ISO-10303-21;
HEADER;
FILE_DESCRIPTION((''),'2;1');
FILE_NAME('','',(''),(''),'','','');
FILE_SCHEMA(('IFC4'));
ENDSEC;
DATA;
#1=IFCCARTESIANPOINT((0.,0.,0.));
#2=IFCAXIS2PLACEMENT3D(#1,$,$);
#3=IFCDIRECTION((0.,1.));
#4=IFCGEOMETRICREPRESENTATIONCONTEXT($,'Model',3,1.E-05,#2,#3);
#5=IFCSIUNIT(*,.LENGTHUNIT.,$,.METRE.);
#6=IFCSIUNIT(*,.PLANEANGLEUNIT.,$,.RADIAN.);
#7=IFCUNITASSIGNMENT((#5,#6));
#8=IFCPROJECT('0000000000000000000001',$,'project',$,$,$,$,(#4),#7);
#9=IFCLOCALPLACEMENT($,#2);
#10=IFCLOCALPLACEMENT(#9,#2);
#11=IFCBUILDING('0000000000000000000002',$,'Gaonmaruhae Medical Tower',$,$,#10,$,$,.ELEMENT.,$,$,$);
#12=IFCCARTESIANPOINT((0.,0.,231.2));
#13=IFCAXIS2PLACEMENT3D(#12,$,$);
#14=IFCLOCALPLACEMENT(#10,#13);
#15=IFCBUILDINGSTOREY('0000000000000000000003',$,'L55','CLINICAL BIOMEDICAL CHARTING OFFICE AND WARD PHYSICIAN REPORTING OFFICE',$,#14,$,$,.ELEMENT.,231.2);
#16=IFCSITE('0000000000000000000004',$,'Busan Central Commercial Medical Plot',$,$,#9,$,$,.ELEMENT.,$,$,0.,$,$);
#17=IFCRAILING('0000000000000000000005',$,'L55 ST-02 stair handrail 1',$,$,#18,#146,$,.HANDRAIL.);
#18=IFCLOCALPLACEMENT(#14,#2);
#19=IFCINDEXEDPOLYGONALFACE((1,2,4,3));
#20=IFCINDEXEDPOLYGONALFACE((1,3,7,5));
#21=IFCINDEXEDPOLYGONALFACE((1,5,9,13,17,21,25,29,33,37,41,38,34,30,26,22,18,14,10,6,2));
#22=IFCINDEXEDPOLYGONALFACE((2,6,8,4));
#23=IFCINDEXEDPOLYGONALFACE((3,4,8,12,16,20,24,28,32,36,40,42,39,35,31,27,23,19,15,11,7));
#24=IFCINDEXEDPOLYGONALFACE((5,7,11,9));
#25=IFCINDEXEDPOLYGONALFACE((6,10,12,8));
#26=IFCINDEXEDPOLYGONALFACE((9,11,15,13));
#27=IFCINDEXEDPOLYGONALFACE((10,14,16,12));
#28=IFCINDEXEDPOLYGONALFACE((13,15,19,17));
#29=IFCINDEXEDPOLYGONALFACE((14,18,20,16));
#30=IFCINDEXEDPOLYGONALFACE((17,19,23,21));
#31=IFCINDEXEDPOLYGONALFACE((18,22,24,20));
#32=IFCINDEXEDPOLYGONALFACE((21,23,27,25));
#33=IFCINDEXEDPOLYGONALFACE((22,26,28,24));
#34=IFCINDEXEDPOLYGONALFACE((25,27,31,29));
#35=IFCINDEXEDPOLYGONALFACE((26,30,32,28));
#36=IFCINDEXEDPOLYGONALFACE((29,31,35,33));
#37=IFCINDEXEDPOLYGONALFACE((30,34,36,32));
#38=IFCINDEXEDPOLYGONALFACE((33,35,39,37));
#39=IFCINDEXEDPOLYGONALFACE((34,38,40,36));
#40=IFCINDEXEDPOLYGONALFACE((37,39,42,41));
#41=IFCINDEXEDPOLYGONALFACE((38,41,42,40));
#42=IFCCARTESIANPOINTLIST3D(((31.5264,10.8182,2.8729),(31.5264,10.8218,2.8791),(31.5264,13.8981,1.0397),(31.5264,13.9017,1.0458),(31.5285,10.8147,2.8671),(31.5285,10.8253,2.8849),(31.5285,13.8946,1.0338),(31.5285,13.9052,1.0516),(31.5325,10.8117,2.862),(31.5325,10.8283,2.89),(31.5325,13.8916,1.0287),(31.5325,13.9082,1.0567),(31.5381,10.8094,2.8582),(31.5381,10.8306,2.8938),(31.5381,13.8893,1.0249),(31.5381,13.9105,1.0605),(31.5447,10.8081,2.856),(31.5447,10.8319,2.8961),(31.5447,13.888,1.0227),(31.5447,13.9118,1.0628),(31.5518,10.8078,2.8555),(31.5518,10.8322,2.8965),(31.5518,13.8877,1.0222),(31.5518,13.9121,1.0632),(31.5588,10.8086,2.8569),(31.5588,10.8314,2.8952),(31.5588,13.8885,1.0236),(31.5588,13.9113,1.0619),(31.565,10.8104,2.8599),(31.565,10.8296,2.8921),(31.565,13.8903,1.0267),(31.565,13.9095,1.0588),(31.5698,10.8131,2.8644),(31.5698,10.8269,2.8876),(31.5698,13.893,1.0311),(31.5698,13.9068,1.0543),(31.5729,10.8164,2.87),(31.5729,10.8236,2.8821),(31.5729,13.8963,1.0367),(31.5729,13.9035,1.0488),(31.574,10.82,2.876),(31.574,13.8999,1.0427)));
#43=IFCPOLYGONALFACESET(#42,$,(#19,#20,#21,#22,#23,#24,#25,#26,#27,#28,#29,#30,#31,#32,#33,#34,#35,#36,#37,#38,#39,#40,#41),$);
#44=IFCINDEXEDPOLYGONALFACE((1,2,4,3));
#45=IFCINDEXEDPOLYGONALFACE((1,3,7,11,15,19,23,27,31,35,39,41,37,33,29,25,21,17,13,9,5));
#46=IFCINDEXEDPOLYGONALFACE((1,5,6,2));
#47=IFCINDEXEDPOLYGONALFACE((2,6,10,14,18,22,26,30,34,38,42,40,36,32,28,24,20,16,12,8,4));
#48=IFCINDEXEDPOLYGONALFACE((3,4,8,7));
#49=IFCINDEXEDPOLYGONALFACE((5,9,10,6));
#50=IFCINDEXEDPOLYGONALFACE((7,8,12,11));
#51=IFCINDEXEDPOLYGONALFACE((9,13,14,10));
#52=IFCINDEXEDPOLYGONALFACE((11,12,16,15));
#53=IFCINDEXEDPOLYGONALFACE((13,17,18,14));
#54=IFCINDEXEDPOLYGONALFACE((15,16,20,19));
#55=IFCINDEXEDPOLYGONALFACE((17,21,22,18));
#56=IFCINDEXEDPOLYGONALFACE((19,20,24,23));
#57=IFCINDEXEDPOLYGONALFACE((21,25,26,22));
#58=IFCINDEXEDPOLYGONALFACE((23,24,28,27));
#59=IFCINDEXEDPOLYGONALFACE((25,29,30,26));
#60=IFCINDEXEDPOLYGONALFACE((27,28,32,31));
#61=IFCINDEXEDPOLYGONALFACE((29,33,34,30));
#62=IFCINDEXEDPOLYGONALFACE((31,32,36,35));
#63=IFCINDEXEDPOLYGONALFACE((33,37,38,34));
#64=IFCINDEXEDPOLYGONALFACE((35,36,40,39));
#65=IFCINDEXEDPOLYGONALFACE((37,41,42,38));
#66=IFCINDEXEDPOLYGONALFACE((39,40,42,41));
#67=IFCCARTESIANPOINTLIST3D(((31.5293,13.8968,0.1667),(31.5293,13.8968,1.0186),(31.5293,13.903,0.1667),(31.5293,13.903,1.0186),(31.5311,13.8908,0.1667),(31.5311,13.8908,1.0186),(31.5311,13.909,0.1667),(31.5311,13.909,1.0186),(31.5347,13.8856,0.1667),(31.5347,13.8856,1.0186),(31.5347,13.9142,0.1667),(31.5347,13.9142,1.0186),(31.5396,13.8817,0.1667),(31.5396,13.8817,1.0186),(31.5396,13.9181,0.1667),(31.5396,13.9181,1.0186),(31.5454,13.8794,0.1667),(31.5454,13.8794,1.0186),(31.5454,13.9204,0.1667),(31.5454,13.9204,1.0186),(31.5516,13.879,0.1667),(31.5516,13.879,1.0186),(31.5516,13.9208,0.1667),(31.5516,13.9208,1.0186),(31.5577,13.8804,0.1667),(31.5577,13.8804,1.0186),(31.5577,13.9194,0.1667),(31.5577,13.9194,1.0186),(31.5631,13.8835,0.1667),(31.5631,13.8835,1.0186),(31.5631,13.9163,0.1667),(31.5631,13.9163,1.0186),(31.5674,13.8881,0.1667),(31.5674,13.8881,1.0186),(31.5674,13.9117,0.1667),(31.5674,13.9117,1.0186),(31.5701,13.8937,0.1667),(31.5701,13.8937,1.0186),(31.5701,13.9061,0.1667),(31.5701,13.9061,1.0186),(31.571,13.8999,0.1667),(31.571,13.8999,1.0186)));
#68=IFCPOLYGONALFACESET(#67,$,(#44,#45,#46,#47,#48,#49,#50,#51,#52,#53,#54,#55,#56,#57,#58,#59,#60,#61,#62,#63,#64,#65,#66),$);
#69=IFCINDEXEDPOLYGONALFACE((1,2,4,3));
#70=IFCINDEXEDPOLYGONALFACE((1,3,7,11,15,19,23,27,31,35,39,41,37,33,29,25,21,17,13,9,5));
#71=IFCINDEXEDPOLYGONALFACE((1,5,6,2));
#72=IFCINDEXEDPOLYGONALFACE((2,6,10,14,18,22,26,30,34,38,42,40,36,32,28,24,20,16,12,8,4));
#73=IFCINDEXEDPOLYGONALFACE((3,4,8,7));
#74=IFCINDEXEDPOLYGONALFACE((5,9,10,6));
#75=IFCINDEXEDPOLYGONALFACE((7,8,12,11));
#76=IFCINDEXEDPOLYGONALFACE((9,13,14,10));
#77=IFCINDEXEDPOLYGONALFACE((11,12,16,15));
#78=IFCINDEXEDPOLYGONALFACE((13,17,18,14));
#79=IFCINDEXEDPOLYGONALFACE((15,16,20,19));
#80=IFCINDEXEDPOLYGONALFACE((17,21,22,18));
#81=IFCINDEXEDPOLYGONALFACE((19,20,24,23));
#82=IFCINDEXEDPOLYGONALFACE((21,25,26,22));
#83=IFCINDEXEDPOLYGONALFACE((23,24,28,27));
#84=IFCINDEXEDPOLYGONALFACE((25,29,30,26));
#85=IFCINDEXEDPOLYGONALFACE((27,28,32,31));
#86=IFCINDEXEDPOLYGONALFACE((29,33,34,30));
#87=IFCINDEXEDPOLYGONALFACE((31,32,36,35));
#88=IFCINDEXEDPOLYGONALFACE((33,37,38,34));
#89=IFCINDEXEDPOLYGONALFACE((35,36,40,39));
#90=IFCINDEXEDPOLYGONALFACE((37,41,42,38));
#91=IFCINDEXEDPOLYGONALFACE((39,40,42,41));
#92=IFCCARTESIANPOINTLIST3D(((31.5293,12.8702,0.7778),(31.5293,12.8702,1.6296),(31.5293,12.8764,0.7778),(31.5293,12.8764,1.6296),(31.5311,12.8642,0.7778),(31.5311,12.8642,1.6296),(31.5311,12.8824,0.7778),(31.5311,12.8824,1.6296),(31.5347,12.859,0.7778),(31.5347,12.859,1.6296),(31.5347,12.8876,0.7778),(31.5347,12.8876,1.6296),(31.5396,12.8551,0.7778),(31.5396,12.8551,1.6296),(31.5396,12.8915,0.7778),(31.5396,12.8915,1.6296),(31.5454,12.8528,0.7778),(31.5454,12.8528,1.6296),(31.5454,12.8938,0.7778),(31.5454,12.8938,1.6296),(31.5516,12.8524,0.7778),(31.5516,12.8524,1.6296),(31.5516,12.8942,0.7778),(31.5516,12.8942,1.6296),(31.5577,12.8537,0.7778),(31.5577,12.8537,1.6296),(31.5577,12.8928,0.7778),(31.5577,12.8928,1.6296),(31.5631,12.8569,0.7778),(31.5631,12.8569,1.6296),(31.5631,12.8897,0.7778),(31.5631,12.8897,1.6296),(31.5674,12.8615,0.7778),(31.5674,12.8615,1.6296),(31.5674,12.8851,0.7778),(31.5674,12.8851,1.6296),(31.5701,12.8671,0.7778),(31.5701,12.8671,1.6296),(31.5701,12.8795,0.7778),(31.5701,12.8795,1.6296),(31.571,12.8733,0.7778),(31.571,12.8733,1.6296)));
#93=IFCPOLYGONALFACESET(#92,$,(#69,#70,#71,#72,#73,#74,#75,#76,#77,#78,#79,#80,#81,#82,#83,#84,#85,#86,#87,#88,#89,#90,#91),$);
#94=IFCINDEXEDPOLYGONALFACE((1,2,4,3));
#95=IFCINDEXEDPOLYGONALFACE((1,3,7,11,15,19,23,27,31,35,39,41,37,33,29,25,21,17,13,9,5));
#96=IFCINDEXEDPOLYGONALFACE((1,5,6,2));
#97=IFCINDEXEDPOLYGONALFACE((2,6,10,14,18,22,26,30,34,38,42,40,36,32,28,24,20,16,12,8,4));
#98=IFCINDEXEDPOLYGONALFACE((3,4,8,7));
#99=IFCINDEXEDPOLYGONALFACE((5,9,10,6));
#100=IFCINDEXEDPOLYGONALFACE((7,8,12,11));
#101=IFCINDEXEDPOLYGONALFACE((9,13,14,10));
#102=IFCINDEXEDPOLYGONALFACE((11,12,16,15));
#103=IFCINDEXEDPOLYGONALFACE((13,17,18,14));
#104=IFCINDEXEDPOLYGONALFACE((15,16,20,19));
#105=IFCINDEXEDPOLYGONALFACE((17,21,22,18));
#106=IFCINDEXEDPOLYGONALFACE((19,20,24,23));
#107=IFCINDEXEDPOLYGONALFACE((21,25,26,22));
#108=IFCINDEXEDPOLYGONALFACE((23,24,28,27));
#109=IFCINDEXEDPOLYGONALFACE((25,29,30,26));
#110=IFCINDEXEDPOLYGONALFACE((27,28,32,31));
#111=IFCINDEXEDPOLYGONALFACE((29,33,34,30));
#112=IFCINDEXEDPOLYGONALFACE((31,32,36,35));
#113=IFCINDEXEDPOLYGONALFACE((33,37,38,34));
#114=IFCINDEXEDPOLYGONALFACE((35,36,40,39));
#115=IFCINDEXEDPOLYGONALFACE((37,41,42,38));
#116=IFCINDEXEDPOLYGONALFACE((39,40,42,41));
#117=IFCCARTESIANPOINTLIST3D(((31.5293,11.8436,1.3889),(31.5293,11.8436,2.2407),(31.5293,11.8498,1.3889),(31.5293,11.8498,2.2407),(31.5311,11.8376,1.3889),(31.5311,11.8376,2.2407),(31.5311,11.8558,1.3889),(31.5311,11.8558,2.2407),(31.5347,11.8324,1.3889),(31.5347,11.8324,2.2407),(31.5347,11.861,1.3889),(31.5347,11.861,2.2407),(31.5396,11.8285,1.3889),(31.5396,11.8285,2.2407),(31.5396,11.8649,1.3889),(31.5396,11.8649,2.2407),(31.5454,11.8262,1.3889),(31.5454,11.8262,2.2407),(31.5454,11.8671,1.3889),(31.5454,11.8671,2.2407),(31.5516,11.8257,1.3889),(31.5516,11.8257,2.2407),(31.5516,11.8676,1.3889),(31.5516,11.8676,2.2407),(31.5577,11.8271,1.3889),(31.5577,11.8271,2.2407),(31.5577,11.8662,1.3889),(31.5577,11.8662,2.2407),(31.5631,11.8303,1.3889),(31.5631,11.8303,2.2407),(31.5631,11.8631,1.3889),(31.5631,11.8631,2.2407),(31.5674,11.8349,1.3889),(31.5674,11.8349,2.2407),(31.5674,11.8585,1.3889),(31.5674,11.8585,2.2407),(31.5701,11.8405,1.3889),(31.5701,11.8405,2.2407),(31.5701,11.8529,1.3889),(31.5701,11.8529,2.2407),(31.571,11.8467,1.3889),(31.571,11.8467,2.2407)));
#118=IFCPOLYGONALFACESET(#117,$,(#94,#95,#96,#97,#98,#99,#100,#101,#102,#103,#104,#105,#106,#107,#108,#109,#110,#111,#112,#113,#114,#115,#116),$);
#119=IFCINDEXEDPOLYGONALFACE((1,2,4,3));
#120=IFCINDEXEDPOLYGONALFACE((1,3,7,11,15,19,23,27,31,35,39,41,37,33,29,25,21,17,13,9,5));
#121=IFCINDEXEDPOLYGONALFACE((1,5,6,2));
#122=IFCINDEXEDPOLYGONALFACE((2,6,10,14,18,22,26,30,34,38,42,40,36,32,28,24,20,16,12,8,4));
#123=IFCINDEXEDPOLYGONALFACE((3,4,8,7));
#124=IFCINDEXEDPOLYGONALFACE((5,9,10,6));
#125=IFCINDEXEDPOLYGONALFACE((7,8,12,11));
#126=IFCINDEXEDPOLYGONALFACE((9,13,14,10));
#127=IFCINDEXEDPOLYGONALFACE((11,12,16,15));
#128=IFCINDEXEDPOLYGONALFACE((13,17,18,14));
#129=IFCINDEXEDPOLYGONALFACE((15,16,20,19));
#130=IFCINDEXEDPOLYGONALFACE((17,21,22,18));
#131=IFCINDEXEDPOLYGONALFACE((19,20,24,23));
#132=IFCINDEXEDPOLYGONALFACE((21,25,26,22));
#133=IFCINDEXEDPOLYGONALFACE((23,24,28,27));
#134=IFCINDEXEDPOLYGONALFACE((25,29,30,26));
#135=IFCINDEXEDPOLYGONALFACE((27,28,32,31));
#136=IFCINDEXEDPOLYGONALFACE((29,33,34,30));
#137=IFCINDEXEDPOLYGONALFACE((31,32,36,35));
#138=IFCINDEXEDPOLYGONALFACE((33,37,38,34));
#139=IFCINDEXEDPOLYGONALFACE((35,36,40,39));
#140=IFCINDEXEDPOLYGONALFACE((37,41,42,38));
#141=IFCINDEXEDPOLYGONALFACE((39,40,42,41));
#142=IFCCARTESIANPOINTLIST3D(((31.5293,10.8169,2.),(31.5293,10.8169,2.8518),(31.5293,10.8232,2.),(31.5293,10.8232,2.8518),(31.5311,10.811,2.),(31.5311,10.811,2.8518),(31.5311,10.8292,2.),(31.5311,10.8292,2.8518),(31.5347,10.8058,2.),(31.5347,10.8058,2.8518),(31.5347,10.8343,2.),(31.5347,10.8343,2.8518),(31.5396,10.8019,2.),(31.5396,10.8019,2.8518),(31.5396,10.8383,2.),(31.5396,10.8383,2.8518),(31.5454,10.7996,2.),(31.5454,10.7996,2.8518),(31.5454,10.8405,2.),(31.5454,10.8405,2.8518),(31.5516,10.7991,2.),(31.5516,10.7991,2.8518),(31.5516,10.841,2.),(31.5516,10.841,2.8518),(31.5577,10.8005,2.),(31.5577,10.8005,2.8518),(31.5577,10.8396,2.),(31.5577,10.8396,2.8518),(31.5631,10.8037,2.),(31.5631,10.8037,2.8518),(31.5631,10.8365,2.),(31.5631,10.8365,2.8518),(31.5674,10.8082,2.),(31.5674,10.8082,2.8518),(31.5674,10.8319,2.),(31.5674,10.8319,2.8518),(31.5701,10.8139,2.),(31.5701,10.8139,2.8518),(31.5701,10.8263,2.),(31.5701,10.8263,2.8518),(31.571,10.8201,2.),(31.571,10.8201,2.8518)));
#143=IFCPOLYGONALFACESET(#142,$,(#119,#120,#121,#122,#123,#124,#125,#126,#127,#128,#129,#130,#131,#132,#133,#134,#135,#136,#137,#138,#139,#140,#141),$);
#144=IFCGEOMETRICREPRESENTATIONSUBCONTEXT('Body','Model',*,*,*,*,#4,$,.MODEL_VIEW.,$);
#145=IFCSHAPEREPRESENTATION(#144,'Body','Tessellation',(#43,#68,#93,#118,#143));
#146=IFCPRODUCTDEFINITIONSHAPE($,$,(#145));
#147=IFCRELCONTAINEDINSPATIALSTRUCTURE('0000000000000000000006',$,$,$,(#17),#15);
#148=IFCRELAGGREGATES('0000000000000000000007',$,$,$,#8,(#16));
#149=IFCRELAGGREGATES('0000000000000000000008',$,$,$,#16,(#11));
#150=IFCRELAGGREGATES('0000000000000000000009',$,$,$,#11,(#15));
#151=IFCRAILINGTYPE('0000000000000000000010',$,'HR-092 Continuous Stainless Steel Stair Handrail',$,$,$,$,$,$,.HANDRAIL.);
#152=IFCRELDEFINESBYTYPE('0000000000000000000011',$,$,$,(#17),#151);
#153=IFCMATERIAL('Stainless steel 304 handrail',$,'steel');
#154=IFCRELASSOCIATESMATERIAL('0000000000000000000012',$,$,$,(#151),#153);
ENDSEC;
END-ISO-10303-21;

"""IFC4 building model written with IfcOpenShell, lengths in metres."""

from ifc_helpers import new_model, si_unit, direction, frame, origin, origin_2d, place, context, subcontext, project, spatial, circle, extrude, material, type_object, element, save


model = new_model("IFC4")

# Units and contexts
model_context = context("Model", 3, precision=1e-05, world=origin(), true_north=direction((0.0, 1.0)))
body_context = subcontext(model_context, "Body", "Model", "MODEL_VIEW")
ifc_project = project(units=[si_unit("LENGTHUNIT", "METRE"), si_unit("PLANEANGLEUNIT", "RADIAN")], contexts=[model_context])

# Site, building, storey
site_placement = place(None, origin())
site = spatial("IfcSite", under=ifc_project, at=site_placement, Name="Busan Central Commercial Medical Plot", CompositionType="ELEMENT", RefElevation=0.0)
building_placement = place(site_placement, origin())
building = spatial("IfcBuilding", under=site, at=building_placement, Name="Gaonmaruhae Medical Tower", CompositionType="ELEMENT")
storey_placement = place(building_placement, frame((0.0, 0.0, 231.2)))
storey = spatial("IfcBuildingStorey", under=building, at=storey_placement, Name="L55", Description="CLINICAL BIOMEDICAL CHARTING OFFICE AND WARD PHYSICIAN REPORTING OFFICE", CompositionType="ELEMENT", Elevation=231.2)

# Railing
ifc_material_1 = material(Name="Stainless steel 304 handrail", Category="steel")
railing_type_1 = type_object("IfcRailingType", Name="HR-092 Continuous Stainless Steel Stair Handrail", PredefinedType="HANDRAIL", material=ifc_material_1)
railing_1_placement = place(storey_placement, frame((31.55, 13.8999, 0.1667)))
element("IfcRailing", 1, at=railing_1_placement, inside=storey, type_object=railing_type_1, Name="L55 ST-02 stair handrail 1", PredefinedType="HANDRAIL", context=body_context, shape_type="SweptSolid", body=[
    extrude(circle(Radius=0.0239, at=origin_2d()), frame((0.0, 0.0, 0.876), z_axis=(0.0, -0.859291, 0.511487), x_axis=(1.0, 0.0, 0.0)), (0.0, 0.0, 1.0), 3.5842),
    extrude(circle(Radius=0.021, at=origin_2d()), origin(), (0.0, 0.0, 1.0), 0.8518),
    extrude(circle(Radius=0.021, at=origin_2d()), frame((0.0, -1.0266, 0.6111)), (0.0, 0.0, 1.0), 0.8518),
    extrude(circle(Radius=0.021, at=origin_2d()), frame((0.0, -2.0532, 1.2222)), (0.0, 0.0, 1.0), 0.8518),
    extrude(circle(Radius=0.021, at=origin_2d()), frame((0.0, -3.0798, 1.8333)), (0.0, 0.0, 1.0), 0.8518),
])

save(model, "model.ifc")
